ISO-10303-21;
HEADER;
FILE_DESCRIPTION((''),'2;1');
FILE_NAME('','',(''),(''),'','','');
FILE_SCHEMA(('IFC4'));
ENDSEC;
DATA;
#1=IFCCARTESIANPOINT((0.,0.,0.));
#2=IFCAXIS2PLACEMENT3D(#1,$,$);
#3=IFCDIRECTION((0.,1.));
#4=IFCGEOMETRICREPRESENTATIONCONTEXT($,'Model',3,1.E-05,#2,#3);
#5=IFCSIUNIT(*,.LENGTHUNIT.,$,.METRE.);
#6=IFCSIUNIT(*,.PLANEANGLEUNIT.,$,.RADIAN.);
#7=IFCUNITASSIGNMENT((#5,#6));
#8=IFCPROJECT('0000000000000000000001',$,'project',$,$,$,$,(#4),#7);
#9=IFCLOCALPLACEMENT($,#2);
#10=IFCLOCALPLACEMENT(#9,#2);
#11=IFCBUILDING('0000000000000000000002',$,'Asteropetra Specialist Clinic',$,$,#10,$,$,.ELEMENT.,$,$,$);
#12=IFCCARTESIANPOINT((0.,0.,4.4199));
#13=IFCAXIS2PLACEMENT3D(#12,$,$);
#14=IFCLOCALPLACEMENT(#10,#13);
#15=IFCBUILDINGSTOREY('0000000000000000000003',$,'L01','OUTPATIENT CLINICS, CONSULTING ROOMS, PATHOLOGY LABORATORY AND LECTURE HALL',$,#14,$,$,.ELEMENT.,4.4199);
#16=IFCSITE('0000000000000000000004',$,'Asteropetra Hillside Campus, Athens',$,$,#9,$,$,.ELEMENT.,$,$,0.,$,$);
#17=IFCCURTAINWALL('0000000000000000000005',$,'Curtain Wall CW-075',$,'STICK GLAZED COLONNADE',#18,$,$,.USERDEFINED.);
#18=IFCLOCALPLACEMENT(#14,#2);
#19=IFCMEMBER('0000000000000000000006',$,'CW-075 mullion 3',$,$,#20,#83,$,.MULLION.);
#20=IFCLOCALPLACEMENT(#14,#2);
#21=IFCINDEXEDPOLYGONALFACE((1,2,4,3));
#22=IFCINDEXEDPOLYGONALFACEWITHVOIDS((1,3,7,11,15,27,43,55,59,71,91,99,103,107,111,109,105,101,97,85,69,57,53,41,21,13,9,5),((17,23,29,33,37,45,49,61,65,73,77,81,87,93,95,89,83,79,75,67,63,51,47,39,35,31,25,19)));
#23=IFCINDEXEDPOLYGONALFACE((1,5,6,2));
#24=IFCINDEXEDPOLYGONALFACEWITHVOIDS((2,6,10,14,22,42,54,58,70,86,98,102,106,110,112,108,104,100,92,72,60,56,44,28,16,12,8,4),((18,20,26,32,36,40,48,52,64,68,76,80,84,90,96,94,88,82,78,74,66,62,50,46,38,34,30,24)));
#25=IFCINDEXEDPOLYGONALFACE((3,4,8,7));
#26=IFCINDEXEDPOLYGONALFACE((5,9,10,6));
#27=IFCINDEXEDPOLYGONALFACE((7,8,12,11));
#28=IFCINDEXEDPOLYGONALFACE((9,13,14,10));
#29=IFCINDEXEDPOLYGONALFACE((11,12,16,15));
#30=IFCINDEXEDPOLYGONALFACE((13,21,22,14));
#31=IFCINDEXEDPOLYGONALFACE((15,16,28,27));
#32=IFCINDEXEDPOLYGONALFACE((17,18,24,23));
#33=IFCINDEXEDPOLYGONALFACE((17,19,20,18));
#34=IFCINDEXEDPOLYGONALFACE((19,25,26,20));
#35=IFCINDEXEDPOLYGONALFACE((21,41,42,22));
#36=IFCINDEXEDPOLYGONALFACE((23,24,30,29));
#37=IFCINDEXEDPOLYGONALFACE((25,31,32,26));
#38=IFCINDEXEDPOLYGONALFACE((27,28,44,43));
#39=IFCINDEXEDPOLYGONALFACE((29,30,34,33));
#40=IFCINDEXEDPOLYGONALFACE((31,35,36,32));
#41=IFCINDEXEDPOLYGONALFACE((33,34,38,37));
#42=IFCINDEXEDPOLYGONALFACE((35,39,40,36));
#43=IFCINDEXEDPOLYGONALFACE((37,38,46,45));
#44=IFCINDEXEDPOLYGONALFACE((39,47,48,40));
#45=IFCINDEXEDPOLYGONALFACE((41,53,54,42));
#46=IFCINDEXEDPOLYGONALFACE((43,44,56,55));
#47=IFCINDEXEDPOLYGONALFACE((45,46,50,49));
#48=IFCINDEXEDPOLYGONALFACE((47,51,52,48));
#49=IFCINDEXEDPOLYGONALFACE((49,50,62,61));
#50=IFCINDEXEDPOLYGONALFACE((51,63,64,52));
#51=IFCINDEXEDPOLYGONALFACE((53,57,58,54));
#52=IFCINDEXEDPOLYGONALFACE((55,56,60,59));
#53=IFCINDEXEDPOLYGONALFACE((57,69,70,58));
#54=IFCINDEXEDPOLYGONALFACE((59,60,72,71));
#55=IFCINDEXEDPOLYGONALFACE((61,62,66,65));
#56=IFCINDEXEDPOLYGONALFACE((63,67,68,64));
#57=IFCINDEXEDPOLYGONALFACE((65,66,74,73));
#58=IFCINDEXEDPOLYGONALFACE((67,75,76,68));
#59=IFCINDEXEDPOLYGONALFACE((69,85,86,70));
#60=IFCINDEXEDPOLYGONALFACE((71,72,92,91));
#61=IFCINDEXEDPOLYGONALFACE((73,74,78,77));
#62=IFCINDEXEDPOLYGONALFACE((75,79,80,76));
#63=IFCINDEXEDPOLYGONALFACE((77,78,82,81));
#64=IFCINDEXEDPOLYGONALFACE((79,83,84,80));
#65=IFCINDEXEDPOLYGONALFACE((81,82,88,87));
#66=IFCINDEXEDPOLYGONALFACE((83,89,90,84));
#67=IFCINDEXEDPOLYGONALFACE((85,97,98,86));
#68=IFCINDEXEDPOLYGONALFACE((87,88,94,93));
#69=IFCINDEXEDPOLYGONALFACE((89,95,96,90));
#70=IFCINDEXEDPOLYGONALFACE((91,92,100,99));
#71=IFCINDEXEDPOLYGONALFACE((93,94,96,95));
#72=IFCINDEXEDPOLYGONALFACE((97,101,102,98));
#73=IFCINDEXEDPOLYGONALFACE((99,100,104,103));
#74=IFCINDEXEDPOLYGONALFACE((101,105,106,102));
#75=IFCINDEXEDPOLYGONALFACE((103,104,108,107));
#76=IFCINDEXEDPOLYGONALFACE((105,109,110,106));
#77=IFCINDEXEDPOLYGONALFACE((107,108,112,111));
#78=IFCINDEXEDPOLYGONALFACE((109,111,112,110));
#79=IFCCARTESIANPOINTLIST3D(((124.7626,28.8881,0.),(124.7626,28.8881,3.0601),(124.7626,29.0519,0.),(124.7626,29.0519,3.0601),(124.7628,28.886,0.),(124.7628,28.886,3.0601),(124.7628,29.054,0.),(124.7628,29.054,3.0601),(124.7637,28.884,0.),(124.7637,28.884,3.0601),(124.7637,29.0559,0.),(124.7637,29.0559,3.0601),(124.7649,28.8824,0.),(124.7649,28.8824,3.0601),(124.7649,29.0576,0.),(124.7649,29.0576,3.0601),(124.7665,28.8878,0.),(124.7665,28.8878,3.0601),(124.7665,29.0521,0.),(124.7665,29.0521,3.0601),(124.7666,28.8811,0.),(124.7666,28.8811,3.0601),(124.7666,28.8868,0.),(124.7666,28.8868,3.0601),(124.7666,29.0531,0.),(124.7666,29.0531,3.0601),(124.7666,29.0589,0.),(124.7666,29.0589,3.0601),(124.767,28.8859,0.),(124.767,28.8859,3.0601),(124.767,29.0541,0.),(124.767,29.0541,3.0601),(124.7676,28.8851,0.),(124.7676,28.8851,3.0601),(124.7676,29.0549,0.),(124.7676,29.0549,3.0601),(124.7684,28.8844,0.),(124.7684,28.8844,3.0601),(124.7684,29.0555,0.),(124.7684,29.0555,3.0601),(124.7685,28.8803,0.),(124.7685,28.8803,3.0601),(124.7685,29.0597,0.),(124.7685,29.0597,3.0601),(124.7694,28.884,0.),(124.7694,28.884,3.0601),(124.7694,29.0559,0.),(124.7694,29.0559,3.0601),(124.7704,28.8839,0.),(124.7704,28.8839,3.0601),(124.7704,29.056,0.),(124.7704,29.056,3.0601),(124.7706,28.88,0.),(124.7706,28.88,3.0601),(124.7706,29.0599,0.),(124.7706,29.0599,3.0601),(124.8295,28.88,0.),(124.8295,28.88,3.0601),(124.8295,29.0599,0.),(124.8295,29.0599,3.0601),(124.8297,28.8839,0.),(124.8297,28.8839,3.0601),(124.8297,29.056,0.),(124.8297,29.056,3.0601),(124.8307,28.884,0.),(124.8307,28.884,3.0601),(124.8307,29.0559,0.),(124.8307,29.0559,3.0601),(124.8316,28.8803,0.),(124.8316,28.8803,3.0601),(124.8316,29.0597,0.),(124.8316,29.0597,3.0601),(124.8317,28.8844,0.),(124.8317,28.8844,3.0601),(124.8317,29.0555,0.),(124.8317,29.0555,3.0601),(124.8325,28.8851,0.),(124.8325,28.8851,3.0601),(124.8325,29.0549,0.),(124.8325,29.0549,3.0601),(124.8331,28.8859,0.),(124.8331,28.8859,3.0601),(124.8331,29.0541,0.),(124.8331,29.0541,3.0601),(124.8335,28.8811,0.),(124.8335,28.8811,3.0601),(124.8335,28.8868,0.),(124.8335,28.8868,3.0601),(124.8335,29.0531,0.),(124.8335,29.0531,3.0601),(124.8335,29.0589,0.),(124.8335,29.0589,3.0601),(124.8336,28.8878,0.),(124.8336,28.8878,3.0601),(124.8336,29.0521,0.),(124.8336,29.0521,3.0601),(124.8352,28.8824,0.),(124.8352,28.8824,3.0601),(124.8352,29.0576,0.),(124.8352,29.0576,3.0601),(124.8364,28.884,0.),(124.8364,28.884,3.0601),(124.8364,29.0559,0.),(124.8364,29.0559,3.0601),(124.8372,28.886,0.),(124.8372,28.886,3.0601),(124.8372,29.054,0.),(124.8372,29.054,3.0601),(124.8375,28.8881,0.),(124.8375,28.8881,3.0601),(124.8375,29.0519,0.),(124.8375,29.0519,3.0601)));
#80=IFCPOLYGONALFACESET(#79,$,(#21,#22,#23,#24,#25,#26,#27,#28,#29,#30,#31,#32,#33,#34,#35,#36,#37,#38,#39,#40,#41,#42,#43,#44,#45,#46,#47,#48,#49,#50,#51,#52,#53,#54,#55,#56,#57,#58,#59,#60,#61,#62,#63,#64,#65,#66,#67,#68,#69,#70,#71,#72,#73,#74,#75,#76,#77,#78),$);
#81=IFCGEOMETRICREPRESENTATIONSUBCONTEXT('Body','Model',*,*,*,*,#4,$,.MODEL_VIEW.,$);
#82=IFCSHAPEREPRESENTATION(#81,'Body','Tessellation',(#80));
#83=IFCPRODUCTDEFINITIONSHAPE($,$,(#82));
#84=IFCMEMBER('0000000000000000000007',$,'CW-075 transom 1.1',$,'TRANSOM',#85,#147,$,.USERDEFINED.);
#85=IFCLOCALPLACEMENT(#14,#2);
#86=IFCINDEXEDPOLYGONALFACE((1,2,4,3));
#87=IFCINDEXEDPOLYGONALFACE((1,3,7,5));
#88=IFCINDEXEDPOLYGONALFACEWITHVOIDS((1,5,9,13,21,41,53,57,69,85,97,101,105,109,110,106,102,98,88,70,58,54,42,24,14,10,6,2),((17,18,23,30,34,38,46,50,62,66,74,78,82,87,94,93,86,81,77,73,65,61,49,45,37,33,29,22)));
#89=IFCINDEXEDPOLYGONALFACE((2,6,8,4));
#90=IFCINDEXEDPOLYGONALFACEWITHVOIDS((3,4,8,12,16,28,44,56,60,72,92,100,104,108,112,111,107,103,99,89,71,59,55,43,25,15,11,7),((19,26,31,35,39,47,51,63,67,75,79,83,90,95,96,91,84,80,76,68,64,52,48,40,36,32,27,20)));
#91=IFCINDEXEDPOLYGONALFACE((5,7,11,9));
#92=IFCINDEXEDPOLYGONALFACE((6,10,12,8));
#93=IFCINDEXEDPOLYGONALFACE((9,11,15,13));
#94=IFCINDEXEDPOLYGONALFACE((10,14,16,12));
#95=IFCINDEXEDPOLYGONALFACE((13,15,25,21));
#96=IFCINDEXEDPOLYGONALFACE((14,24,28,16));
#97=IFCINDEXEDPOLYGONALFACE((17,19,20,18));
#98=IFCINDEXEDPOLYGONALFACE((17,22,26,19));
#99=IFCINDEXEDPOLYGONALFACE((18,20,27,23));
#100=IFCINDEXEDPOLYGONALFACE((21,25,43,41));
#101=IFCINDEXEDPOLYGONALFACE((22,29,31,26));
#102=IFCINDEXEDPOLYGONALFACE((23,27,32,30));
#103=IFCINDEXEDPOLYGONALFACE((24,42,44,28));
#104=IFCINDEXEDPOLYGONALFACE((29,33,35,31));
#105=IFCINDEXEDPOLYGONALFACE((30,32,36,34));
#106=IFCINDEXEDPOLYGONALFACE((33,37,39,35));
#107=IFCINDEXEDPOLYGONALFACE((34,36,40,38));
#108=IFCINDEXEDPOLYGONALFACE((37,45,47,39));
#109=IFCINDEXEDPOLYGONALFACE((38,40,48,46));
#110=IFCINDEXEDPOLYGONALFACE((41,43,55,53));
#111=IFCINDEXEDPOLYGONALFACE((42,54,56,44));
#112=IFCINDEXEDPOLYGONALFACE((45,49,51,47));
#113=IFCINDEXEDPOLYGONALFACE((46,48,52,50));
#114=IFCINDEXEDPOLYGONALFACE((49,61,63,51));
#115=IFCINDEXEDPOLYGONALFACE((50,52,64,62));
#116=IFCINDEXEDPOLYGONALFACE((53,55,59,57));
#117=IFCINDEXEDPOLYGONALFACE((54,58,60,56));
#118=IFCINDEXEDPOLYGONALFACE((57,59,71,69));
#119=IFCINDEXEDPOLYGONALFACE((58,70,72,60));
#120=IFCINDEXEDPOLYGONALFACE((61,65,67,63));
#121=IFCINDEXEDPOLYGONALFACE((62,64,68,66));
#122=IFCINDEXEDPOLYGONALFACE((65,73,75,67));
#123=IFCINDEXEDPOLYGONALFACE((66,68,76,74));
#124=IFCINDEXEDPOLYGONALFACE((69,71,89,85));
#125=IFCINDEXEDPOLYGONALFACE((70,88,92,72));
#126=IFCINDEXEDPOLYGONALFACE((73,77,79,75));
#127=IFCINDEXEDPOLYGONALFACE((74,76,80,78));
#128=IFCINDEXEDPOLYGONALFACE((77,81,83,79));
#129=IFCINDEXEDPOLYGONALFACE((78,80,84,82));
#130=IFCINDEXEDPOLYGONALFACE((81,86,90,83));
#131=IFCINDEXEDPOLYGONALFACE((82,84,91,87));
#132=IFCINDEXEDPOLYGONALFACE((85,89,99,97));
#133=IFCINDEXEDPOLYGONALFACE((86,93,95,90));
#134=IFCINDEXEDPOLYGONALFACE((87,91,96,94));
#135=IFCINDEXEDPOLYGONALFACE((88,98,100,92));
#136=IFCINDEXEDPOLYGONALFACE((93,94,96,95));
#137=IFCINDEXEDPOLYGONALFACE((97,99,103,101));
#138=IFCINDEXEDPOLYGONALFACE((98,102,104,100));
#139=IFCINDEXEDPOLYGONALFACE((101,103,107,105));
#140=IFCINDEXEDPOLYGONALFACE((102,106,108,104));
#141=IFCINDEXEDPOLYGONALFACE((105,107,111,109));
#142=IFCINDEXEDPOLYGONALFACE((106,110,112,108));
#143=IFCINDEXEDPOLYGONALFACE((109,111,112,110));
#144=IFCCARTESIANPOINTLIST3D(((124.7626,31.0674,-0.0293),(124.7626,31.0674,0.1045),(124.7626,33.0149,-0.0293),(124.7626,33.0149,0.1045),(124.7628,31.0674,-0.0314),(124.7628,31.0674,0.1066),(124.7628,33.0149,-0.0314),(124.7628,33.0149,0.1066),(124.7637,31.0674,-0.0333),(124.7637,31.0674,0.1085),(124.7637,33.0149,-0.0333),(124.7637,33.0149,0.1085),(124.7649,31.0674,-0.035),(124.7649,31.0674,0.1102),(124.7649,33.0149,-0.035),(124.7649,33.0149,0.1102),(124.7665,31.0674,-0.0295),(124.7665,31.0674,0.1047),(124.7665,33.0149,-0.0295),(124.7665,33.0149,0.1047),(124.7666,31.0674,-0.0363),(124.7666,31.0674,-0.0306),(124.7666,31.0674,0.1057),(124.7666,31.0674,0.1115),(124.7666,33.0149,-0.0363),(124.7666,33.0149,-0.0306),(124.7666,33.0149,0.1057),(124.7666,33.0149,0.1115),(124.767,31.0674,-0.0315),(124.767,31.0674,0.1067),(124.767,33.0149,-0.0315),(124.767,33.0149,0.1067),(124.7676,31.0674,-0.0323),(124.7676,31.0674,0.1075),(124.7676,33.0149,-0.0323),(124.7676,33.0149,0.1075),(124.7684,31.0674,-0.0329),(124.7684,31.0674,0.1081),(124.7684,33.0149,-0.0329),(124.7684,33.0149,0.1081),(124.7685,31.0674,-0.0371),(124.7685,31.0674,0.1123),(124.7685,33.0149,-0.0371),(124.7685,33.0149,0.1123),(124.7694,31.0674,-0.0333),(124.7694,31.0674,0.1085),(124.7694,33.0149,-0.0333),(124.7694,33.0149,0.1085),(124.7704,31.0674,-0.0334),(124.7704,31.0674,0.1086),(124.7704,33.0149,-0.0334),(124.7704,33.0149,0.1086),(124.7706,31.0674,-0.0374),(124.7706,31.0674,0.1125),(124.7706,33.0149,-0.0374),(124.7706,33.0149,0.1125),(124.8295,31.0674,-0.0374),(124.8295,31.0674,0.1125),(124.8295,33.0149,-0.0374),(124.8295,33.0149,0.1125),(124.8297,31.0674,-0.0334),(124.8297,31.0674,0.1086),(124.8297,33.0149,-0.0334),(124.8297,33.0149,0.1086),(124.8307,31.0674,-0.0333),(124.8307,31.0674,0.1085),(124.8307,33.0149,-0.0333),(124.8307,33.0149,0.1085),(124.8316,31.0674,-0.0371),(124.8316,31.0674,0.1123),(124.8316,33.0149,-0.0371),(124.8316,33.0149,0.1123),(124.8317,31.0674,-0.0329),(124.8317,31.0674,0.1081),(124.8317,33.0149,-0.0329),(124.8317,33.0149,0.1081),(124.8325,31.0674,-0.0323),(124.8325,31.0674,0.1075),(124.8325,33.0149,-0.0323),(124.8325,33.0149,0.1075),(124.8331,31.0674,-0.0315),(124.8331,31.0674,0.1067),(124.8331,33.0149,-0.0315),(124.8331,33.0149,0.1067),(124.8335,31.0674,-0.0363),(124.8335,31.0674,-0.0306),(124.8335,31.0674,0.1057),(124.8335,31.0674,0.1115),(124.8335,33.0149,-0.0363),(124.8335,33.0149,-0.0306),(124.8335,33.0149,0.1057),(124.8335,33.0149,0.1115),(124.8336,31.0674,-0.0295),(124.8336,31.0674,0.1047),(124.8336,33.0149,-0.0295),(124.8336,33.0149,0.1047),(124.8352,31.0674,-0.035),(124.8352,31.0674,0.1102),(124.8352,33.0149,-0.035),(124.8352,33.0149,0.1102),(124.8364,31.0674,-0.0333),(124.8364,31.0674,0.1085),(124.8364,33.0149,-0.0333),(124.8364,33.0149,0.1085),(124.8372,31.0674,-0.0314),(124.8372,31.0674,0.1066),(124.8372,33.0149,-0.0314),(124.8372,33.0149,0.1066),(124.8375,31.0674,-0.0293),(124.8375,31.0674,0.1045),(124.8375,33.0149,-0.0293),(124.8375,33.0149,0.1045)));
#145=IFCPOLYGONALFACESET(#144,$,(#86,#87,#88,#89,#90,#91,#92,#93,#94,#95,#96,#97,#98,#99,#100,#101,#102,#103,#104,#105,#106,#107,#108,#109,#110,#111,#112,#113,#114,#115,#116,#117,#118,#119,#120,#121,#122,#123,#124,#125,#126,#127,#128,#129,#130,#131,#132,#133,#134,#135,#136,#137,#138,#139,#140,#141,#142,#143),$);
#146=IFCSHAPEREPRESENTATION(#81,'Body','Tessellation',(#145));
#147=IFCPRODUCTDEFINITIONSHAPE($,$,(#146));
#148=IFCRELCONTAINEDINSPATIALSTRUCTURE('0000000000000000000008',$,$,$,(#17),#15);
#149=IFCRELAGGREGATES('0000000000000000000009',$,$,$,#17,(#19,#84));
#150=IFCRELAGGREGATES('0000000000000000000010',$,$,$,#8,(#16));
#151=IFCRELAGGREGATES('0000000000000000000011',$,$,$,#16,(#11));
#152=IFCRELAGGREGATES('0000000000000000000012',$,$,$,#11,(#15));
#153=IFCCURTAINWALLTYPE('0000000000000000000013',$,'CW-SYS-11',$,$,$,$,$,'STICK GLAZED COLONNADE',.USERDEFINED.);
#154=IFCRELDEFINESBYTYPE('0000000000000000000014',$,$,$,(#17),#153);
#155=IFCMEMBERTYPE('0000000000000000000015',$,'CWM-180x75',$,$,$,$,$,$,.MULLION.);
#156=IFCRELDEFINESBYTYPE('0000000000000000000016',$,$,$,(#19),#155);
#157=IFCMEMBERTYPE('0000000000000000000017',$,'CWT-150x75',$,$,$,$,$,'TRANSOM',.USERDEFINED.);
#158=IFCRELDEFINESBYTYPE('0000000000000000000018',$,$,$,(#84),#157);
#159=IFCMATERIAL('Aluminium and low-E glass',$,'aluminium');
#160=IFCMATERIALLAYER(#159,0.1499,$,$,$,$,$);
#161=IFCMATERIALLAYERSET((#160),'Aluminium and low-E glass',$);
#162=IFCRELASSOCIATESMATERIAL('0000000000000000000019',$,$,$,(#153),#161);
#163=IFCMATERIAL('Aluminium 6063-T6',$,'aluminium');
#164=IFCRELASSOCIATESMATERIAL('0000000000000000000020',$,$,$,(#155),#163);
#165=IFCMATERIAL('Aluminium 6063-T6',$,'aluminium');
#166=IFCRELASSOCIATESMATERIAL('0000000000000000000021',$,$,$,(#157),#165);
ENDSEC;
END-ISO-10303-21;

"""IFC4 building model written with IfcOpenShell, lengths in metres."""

from ifc_helpers import new_model, si_unit, direction, frame, origin, origin_2d, place, context, subcontext, project, spatial, hollow_rectangle, extrude, material, layer, layer_set, material_profile, profile_set, type_object, element, aggregate, save


model = new_model("IFC4")

# Units and contexts
model_context = context("Model", 3, precision=1e-05, world=origin(), true_north=direction((0.0, 1.0)))
body_context = subcontext(model_context, "Body", "Model", "MODEL_VIEW")
ifc_project = project(units=[si_unit("LENGTHUNIT", "METRE"), si_unit("PLANEANGLEUNIT", "RADIAN")], contexts=[model_context])

# Site, building, storey
site_placement = place(None, origin())
site = spatial("IfcSite", under=ifc_project, at=site_placement, Name="Asteropetra Hillside Campus, Athens", CompositionType="ELEMENT", RefElevation=0.0)
building_placement = place(site_placement, origin())
building = spatial("IfcBuilding", under=site, at=building_placement, Name="Asteropetra Specialist Clinic", CompositionType="ELEMENT")
storey_placement = place(building_placement, frame((0.0, 0.0, 4.4199)))
storey = spatial("IfcBuildingStorey", under=building, at=storey_placement, Name="L01", Description="OUTPATIENT CLINICS, CONSULTING ROOMS, PATHOLOGY LABORATORY AND LECTURE HALL", CompositionType="ELEMENT", Elevation=4.4199)

# Curtain wall, members
ifc_material_1 = material(Name="Aluminium and low-E glass", Category="aluminium")
ifc_layer_1 = layer(ifc_material_1, 0.1499)
ifc_layer_set_1 = layer_set([ifc_layer_1], Name="Aluminium and low-E glass")
curtain_wall_type = type_object("IfcCurtainWallType", Name="CW-SYS-11", ElementType="STICK GLAZED COLONNADE", PredefinedType="USERDEFINED", material=ifc_layer_set_1)
curtain_wall_placement = place(storey_placement, origin())
curtain_wall = element("IfcCurtainWall", 1, at=curtain_wall_placement, inside=storey, type_object=curtain_wall_type, Name="Curtain Wall CW-075", ObjectType="STICK GLAZED COLONNADE", PredefinedType="USERDEFINED")
ifc_material_2 = material(Name="Aluminium 6063-T6", Category="aluminium")
ifc_material_profile_1 = material_profile(ifc_material_2, hollow_rectangle(XDim=0.075, YDim=0.1799, WallThickness=0.0039, InnerFilletRadius=0.0039, OuterFilletRadius=0.0081, at=origin_2d()), Name="MUL 180x75x4.0")
ifc_profile_set_1 = profile_set([ifc_material_profile_1], Name="Aluminium 6063-T6")
member_type_1 = type_object("IfcMemberType", Name="CWM-180x75", PredefinedType="MULLION", material=ifc_profile_set_1)
member_1_placement = place(storey_placement, frame((124.8, 28.97, 0.0), z_axis=(0.0, 0.0, 1.0), x_axis=(1.0, 0.0, 0.0)))
member_1 = element("IfcMember", 2, at=member_1_placement, type_object=member_type_1, Name="CW-075 mullion 3", PredefinedType="MULLION", context=body_context, shape_type="SweptSolid", body=[
    extrude(hollow_rectangle(XDim=0.075, YDim=0.1799, WallThickness=0.0039, InnerFilletRadius=0.0039, OuterFilletRadius=0.0081, at=origin_2d()), origin(), (0.0, 0.0, 1.0), 3.0601),
])
ifc_material_3 = material(Name="Aluminium 6063-T6", Category="aluminium")
ifc_material_profile_2 = material_profile(ifc_material_3, hollow_rectangle(XDim=0.075, YDim=0.1499, WallThickness=0.0039, InnerFilletRadius=0.0039, OuterFilletRadius=0.0081, at=origin_2d()), Name="TRN 150x75x4.0")
ifc_profile_set_2 = profile_set([ifc_material_profile_2], Name="Aluminium 6063-T6")
member_type_2 = type_object("IfcMemberType", Name="CWT-150x75", ElementType="TRANSOM", PredefinedType="USERDEFINED", material=ifc_profile_set_2)
member_2_placement = place(storey_placement, frame((124.8, 33.0149, 0.0376), z_axis=(0.0, -1.0, 0.0), x_axis=(1.0, 0.0, 0.0)))
member_2 = element("IfcMember", 3, at=member_2_placement, type_object=member_type_2, Name="CW-075 transom 1.1", ObjectType="TRANSOM", PredefinedType="USERDEFINED", context=body_context, shape_type="SweptSolid", body=[
    extrude(hollow_rectangle(XDim=0.075, YDim=0.1499, WallThickness=0.0039, InnerFilletRadius=0.0039, OuterFilletRadius=0.0081, at=origin_2d()), origin(), (0.0, 0.0, 1.0), 1.9475),
])

aggregate(curtain_wall, [member_1, member_2])

save(model, "model.ifc")
